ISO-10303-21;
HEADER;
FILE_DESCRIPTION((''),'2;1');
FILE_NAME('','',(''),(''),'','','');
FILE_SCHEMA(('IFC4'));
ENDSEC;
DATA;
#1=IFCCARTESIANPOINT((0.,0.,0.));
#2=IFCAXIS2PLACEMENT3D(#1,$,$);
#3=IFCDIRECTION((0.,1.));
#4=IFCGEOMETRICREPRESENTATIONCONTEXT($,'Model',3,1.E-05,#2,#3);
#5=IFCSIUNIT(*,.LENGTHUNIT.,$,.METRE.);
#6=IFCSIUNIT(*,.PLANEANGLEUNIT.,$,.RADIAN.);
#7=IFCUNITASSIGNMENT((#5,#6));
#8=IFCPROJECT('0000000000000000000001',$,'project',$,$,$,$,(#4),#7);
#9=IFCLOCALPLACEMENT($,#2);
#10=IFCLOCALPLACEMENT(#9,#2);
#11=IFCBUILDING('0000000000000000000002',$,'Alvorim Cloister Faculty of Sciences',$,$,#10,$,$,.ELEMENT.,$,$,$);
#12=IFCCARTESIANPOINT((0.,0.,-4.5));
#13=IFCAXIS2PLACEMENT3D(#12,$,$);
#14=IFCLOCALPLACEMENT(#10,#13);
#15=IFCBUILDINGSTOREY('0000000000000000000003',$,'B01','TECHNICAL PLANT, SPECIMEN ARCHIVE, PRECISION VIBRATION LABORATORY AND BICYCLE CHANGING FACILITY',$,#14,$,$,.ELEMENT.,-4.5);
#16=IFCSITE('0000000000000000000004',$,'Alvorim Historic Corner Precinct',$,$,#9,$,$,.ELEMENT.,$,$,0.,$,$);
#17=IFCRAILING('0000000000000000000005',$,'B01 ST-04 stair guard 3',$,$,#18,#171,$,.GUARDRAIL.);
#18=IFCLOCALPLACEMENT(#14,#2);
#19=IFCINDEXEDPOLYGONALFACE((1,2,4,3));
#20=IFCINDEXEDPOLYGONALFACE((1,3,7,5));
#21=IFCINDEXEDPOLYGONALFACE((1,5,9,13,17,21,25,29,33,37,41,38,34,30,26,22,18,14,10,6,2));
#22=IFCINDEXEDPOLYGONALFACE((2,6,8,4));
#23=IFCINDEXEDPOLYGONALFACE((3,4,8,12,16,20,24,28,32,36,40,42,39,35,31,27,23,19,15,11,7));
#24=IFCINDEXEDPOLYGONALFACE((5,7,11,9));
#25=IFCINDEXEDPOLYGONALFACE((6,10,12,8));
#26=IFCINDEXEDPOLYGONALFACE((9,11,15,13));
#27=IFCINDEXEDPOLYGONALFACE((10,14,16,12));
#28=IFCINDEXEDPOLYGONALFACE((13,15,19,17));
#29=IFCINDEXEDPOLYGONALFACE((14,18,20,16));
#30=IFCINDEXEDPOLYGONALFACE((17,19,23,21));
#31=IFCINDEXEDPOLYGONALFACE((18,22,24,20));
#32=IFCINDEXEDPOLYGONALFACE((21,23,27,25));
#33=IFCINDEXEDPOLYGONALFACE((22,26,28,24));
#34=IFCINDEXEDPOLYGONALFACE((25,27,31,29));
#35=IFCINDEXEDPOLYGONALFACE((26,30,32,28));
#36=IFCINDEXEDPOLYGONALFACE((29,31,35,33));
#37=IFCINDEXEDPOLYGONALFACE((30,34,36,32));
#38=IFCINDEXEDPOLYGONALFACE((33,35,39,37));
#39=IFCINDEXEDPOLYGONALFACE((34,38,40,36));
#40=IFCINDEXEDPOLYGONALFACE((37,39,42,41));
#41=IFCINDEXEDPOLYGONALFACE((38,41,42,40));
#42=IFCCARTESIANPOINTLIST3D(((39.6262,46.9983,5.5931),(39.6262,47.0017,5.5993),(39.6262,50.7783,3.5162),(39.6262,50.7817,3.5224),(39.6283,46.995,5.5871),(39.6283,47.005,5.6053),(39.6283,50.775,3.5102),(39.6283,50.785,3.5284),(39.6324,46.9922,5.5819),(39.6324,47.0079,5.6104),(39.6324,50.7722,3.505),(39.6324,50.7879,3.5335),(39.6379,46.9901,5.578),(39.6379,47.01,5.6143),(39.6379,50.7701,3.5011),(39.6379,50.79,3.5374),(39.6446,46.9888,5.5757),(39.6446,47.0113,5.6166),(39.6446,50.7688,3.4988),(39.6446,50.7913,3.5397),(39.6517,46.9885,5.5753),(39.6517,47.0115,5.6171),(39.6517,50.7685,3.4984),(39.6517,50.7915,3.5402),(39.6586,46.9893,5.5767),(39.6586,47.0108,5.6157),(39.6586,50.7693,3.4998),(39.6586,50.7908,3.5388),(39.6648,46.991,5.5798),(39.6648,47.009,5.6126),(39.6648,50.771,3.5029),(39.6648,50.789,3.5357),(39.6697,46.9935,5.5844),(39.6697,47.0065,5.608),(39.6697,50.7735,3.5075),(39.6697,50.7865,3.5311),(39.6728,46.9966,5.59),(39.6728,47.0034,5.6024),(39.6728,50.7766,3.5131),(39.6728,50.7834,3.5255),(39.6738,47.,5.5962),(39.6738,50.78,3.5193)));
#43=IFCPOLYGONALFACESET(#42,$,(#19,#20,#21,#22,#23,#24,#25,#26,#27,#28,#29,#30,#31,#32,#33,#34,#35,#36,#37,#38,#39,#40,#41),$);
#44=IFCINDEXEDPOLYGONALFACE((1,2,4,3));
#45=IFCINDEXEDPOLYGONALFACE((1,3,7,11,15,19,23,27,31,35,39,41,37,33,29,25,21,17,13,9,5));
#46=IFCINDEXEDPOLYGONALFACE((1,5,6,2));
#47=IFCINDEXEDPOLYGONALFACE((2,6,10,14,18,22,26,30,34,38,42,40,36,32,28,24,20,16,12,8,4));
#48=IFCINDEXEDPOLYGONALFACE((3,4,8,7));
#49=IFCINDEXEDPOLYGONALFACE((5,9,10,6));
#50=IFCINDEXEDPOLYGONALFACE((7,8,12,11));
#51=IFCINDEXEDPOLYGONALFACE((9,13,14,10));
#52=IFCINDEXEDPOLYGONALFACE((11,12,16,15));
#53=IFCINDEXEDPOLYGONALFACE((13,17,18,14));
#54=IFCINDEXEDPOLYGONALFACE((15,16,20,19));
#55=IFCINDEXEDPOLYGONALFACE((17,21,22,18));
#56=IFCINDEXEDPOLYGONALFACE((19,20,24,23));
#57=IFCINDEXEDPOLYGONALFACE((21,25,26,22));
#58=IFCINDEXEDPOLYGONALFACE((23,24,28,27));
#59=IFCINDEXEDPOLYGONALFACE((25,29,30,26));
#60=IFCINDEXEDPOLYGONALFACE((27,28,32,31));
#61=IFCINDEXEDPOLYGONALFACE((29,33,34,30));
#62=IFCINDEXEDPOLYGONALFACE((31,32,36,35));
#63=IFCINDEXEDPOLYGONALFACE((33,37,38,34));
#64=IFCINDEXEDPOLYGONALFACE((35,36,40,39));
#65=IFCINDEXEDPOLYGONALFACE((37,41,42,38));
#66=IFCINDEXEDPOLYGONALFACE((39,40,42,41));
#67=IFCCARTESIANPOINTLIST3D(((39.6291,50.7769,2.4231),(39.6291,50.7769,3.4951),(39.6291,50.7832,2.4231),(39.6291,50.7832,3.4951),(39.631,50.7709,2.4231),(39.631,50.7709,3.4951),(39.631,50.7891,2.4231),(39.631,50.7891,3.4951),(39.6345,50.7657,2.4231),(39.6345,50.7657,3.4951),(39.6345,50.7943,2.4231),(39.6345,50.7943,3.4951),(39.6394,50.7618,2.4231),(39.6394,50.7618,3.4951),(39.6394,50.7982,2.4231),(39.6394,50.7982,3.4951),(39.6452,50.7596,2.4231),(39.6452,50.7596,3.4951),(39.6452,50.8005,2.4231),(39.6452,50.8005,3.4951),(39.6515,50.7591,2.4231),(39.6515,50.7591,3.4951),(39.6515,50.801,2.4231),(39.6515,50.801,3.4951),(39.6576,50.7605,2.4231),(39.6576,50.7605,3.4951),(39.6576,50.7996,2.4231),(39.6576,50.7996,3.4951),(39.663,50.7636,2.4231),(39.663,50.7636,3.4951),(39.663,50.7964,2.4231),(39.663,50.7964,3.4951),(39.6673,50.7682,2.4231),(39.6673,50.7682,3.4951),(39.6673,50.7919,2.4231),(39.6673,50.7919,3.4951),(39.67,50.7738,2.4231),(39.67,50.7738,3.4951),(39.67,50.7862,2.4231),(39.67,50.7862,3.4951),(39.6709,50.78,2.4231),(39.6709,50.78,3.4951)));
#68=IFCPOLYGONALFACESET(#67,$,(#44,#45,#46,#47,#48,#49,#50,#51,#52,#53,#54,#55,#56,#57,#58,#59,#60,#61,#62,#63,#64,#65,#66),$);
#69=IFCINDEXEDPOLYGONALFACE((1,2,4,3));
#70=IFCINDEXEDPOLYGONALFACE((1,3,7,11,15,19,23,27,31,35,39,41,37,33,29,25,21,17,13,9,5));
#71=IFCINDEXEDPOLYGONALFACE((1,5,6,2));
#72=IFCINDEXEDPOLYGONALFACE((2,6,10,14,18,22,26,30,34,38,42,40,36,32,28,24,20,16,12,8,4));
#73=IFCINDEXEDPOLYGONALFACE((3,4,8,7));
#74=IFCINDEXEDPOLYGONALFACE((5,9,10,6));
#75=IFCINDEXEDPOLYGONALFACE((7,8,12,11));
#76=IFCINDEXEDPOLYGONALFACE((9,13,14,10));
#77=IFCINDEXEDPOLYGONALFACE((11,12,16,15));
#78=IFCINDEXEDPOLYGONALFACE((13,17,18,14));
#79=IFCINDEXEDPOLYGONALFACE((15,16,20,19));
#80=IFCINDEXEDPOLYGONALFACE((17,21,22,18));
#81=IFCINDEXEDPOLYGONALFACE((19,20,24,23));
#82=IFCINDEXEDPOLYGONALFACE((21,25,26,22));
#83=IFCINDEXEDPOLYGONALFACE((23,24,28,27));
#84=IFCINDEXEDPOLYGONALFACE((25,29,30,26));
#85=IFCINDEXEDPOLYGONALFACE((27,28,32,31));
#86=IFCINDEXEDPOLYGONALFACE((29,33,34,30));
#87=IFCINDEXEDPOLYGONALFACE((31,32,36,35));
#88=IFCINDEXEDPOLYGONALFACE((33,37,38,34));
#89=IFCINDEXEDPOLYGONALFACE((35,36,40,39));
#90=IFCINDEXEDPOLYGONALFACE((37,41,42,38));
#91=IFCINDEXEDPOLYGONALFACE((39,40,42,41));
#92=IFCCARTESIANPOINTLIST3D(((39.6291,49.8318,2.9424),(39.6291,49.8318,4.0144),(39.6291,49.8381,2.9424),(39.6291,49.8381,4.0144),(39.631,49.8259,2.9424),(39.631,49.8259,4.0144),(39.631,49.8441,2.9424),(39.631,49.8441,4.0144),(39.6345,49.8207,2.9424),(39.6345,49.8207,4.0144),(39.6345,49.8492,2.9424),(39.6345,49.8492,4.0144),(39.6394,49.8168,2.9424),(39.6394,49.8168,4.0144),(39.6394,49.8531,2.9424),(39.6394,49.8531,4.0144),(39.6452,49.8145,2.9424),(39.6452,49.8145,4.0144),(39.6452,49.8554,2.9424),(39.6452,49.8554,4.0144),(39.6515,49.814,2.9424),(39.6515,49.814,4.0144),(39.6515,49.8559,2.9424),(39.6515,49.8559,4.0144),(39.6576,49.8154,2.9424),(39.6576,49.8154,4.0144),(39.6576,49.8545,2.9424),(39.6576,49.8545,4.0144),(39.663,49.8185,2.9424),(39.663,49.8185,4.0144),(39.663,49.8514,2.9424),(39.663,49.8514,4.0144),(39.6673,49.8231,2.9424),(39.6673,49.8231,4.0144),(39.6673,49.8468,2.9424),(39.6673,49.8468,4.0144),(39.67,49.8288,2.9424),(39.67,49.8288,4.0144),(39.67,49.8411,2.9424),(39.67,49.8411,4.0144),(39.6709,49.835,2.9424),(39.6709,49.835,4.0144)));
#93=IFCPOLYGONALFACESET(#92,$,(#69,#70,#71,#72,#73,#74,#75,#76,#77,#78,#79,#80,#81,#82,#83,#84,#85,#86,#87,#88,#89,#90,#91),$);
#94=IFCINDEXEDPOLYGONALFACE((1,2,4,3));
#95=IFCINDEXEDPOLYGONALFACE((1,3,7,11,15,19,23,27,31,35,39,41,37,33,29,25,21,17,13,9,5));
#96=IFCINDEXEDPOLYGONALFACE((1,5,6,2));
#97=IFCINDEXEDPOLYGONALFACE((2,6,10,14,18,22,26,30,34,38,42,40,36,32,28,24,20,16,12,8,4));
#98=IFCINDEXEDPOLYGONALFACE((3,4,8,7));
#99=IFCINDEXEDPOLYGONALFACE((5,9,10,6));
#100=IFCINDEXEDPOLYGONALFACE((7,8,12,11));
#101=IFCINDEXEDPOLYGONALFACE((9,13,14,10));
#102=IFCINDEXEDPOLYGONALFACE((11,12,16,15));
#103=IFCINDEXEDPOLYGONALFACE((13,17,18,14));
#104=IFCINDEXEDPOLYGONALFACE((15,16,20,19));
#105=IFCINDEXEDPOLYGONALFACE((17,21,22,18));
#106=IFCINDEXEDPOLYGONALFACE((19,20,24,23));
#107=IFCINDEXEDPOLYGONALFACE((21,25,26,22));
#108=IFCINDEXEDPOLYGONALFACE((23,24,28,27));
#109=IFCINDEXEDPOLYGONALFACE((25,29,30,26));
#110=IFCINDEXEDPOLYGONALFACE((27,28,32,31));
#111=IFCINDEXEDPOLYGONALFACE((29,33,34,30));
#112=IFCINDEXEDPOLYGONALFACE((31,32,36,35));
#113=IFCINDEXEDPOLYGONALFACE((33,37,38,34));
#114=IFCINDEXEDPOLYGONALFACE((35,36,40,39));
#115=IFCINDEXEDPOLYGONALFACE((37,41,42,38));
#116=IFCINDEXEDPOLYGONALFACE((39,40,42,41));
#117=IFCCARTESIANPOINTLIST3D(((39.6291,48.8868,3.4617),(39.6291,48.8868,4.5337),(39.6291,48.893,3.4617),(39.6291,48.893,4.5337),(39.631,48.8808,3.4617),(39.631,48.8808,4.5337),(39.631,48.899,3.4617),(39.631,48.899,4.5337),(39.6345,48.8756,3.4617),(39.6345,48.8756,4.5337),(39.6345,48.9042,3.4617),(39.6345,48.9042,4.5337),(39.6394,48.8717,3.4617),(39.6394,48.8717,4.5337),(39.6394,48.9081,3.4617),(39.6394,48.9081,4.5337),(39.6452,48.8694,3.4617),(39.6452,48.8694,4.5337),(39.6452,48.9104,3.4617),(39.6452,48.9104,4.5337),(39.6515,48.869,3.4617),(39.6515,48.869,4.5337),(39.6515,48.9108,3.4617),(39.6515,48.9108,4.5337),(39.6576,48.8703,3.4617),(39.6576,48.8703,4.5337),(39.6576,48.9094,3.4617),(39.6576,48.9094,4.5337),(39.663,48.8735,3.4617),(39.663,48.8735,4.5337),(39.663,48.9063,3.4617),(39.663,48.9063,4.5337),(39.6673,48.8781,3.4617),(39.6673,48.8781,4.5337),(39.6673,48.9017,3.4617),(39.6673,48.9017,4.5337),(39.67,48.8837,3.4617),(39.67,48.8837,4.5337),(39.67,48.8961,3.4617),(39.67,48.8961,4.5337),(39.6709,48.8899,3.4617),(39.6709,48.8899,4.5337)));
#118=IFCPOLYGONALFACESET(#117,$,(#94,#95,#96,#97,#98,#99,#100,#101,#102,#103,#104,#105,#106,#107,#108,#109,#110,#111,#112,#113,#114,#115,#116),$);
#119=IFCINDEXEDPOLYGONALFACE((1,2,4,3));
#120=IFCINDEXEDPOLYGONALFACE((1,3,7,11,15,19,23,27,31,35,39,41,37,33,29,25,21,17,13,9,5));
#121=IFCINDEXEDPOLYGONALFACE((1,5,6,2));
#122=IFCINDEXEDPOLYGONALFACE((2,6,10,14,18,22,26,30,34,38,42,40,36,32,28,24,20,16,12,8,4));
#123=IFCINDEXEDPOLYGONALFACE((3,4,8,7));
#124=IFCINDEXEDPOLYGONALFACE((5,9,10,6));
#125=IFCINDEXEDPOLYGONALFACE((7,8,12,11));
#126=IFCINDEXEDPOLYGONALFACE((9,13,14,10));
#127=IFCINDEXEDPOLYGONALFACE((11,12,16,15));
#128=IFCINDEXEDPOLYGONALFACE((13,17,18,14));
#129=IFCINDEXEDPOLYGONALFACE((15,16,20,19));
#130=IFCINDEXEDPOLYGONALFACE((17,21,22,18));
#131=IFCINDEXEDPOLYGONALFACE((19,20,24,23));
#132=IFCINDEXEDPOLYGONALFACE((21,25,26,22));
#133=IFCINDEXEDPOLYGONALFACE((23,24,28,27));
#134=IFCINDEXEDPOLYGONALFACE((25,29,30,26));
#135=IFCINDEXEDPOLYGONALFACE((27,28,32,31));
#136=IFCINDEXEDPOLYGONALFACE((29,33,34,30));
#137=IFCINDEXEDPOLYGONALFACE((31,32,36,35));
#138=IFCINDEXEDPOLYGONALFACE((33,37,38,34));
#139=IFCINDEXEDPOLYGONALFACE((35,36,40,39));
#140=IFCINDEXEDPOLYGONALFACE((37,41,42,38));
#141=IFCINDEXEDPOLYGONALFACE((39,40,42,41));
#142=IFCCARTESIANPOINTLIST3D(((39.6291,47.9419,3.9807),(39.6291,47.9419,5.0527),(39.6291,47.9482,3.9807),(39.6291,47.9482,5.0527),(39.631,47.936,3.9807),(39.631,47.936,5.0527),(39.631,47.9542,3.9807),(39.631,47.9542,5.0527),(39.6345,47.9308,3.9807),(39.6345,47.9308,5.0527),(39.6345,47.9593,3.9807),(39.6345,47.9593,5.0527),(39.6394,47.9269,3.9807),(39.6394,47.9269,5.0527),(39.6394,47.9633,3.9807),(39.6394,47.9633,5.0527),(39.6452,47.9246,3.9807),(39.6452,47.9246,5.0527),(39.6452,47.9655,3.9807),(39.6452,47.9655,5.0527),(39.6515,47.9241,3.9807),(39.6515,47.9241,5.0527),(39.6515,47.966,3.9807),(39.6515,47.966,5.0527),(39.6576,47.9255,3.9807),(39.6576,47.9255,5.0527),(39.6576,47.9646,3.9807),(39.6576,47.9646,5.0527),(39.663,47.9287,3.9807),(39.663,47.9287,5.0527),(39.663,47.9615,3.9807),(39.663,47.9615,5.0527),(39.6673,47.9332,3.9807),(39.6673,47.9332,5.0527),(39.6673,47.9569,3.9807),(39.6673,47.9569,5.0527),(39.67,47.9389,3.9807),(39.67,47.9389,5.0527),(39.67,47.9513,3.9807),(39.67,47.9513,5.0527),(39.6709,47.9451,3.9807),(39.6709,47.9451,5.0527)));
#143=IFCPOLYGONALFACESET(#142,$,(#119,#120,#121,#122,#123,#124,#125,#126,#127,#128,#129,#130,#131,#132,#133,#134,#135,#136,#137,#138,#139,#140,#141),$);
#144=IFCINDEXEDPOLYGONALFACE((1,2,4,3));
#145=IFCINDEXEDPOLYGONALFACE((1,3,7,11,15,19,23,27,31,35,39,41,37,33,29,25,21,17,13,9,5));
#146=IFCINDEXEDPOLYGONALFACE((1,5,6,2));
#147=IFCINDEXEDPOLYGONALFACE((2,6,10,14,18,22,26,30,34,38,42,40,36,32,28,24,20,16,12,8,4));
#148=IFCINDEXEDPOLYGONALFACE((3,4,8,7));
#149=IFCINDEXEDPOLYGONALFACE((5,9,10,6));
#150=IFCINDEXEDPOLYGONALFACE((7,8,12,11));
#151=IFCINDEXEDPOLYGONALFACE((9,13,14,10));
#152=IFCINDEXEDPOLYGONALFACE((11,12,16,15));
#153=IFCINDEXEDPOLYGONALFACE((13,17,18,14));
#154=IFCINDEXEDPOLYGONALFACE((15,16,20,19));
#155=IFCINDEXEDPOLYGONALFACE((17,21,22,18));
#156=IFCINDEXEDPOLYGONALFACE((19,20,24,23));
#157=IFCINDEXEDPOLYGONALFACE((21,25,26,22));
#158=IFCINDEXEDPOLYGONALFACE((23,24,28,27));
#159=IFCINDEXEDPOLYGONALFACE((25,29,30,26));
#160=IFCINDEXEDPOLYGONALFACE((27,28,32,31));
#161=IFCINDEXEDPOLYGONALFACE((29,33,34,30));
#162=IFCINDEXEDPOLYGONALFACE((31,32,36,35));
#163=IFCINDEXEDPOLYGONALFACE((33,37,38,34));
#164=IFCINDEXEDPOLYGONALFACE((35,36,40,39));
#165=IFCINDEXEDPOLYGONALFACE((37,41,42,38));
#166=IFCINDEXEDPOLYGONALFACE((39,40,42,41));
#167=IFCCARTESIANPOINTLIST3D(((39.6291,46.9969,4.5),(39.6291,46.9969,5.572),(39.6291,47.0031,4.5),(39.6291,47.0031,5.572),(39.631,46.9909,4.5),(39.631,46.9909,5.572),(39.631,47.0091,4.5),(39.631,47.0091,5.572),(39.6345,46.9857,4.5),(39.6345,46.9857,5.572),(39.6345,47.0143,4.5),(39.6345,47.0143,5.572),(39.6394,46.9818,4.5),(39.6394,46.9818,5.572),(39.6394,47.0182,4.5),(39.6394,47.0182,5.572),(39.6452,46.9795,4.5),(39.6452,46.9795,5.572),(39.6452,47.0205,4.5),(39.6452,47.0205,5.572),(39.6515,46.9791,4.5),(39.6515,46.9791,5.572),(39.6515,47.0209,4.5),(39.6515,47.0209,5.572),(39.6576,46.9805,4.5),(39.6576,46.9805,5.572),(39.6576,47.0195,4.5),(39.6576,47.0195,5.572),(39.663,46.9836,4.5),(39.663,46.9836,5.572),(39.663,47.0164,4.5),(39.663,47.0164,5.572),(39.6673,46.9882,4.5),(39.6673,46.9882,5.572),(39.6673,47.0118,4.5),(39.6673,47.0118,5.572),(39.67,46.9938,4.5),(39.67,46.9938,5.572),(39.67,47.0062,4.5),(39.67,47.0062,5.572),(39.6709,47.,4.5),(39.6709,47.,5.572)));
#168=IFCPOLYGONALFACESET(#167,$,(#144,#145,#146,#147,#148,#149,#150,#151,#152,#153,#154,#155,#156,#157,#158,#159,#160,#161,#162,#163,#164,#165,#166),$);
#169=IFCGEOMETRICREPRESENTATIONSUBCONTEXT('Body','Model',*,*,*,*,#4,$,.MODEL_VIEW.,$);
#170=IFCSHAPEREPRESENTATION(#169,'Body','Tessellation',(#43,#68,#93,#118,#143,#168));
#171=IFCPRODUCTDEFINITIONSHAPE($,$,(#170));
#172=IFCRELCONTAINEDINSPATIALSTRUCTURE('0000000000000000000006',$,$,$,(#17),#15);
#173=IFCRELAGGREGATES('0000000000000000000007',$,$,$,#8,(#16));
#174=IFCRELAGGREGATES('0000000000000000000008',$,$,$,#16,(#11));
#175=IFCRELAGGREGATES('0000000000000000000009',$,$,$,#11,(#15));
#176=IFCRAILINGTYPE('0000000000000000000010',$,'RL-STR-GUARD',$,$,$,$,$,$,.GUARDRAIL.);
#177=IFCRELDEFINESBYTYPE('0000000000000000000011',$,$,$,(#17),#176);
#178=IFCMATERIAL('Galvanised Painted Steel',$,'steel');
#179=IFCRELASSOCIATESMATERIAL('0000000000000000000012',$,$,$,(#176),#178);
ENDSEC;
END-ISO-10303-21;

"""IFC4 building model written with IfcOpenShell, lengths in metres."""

from ifc_helpers import new_model, si_unit, direction, frame, origin, origin_2d, place, context, subcontext, project, spatial, circle, extrude, material, type_object, element, save


model = new_model("IFC4")

# Units and contexts
model_context = context("Model", 3, precision=1e-05, world=origin(), true_north=direction((0.0, 1.0)))
body_context = subcontext(model_context, "Body", "Model", "MODEL_VIEW")
ifc_project = project(units=[si_unit("LENGTHUNIT", "METRE"), si_unit("PLANEANGLEUNIT", "RADIAN")], contexts=[model_context])

# Site, building, storey
site_placement = place(None, origin())
site = spatial("IfcSite", under=ifc_project, at=site_placement, Name="Alvorim Historic Corner Precinct", CompositionType="ELEMENT", RefElevation=0.0)
building_placement = place(site_placement, origin())
building = spatial("IfcBuilding", under=site, at=building_placement, Name="Alvorim Cloister Faculty of Sciences", CompositionType="ELEMENT")
storey_placement = place(building_placement, frame((0.0, 0.0, -4.5)))
storey = spatial("IfcBuildingStorey", under=building, at=storey_placement, Name="B01", Description="TECHNICAL PLANT, SPECIMEN ARCHIVE, PRECISION VIBRATION LABORATORY AND BICYCLE CHANGING FACILITY", CompositionType="ELEMENT", Elevation=-4.5)

# Railing
ifc_material_1 = material(Name="Galvanised Painted Steel", Category="steel")
railing_type_1 = type_object("IfcRailingType", Name="RL-STR-GUARD", PredefinedType="GUARDRAIL", material=ifc_material_1)
railing_1_placement = place(storey_placement, frame((39.6499, 50.78, 2.4231)))
element("IfcRailing", 1, at=railing_1_placement, inside=storey, type_object=railing_type_1, Name="B01 ST-04 stair guard 3", PredefinedType="GUARDRAIL", context=body_context, shape_type="SweptSolid", body=[
    extrude(circle(Radius=0.0239, at=origin_2d()), frame((0.0, 0.0, 1.0962), z_axis=(0.0, -0.876423, 0.481543), x_axis=(1.0, 0.0, 0.0)), (0.0, 0.0, 1.0), 4.313),
    extrude(circle(Radius=0.021, at=origin_2d()), origin(), (0.0, 0.0, 1.0), 1.072),
    extrude(circle(Radius=0.021, at=origin_2d()), frame((0.0, -0.9451, 0.5193)), (0.0, 0.0, 1.0), 1.072),
    extrude(circle(Radius=0.021, at=origin_2d()), frame((0.0, -1.8901, 1.0386)), (0.0, 0.0, 1.0), 1.072),
    extrude(circle(Radius=0.021, at=origin_2d()), frame((0.0, -2.835, 1.5576)), (0.0, 0.0, 1.0), 1.072),
    extrude(circle(Radius=0.021, at=origin_2d()), frame((0.0, -3.78, 2.0769)), (0.0, 0.0, 1.0), 1.072),
])

save(model, "model.ifc")
